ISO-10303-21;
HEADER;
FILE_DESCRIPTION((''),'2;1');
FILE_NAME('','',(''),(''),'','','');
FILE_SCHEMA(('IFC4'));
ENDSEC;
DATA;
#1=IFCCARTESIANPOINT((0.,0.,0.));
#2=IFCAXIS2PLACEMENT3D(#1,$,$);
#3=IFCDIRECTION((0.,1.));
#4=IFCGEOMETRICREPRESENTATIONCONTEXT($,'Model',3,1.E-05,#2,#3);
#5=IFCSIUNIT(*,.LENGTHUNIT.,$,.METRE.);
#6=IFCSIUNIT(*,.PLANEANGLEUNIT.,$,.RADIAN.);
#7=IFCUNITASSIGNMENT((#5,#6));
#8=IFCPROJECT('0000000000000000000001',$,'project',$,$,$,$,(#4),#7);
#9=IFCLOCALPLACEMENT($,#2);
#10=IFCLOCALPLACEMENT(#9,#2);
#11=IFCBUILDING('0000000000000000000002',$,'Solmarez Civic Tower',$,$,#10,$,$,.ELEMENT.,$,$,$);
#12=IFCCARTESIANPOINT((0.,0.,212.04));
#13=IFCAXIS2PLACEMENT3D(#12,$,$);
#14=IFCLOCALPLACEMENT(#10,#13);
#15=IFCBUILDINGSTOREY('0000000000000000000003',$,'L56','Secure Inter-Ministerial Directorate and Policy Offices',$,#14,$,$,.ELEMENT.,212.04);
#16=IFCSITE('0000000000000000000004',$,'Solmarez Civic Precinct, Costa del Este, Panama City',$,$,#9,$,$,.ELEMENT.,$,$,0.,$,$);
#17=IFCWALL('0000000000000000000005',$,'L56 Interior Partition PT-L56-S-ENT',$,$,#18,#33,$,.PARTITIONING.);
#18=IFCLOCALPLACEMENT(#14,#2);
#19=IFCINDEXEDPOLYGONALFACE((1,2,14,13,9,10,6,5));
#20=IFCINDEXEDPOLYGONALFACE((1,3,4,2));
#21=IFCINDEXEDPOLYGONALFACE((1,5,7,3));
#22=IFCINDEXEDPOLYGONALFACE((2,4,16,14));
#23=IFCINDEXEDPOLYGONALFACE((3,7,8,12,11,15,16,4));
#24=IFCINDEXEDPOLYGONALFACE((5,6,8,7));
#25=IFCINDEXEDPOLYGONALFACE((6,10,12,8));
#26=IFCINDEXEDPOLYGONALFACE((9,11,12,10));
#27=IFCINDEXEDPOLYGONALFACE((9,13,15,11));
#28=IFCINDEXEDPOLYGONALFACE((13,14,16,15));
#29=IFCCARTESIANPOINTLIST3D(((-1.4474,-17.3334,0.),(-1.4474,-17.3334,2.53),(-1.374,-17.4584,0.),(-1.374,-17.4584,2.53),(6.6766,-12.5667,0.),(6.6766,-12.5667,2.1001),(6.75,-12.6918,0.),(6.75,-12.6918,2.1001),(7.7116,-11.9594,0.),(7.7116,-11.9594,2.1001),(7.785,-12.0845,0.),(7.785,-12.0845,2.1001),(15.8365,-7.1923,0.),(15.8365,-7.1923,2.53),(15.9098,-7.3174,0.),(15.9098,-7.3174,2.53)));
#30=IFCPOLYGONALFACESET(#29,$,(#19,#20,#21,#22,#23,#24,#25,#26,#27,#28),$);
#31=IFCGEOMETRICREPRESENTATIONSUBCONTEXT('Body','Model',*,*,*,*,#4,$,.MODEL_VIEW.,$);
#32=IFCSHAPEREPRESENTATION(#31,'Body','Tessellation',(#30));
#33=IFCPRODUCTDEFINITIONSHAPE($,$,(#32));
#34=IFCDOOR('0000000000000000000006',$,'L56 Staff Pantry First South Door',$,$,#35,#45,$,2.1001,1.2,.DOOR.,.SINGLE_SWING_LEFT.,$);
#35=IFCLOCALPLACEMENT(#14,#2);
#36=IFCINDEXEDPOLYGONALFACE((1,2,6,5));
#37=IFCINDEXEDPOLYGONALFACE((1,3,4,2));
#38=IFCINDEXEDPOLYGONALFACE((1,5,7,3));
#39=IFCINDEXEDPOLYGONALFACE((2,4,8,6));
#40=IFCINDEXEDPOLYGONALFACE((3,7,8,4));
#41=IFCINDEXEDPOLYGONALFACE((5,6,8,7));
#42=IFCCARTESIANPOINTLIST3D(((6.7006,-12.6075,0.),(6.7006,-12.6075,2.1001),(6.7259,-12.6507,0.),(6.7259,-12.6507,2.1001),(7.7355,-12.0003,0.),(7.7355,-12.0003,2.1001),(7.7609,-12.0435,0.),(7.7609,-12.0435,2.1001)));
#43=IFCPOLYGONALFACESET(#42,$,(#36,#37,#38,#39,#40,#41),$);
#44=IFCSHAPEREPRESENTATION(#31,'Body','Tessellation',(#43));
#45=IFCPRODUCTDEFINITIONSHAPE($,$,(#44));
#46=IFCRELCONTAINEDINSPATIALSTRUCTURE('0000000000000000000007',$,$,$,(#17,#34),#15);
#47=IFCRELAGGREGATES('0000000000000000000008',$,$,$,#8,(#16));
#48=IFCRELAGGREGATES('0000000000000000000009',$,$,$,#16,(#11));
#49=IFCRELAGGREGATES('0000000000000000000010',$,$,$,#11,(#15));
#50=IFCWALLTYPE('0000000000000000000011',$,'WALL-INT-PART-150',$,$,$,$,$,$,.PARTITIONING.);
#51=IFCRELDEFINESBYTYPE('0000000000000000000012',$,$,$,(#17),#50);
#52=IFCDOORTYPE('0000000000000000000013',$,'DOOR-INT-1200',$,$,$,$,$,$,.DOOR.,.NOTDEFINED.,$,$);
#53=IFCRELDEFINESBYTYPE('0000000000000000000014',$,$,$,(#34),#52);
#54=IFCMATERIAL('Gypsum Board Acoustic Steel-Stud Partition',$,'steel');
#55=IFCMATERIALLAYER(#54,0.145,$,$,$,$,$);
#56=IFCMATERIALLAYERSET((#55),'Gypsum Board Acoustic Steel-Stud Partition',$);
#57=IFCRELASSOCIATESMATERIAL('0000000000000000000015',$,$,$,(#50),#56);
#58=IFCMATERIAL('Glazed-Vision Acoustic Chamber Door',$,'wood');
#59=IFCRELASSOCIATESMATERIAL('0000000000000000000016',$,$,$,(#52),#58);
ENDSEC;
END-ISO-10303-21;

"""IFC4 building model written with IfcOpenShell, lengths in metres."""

from ifc_helpers import new_model, si_unit, direction, frame, frame_2d, origin, place, context, subcontext, project, spatial, rectangle, extrude, material, layer, layer_set, type_object, element, fill, save


model = new_model("IFC4")

# Units and contexts
model_context = context("Model", 3, precision=1e-05, world=origin(), true_north=direction((0.0, 1.0)))
body_context = subcontext(model_context, "Body", "Model", "MODEL_VIEW")
ifc_project = project(units=[si_unit("LENGTHUNIT", "METRE"), si_unit("PLANEANGLEUNIT", "RADIAN")], contexts=[model_context])

# Site, building, storey
site_placement = place(None, origin())
site = spatial("IfcSite", under=ifc_project, at=site_placement, Name="Solmarez Civic Precinct, Costa del Este, Panama City", CompositionType="ELEMENT", RefElevation=0.0)
building_placement = place(site_placement, origin())
building = spatial("IfcBuilding", under=site, at=building_placement, Name="Solmarez Civic Tower", CompositionType="ELEMENT")
storey_placement = place(building_placement, frame((0.0, 0.0, 212.04)))
storey = spatial("IfcBuildingStorey", under=building, at=storey_placement, Name="L56", Description="Secure Inter-Ministerial Directorate and Policy Offices", CompositionType="ELEMENT", Elevation=212.04)

# Shared definitions
ifc_material_1 = material(Name="Gypsum Board Acoustic Steel-Stud Partition", Category="steel")
ifc_layer_1 = layer(ifc_material_1, 0.145)
ifc_layer_set_1 = layer_set([ifc_layer_1], Name="Gypsum Board Acoustic Steel-Stud Partition")
wall_type_1 = type_object("IfcWallType", Name="WALL-INT-PART-150", PredefinedType="PARTITIONING", material=ifc_layer_set_1)

# Wall, opening, door
wall_1_placement = place(storey_placement, frame((15.873, -7.2549, 0.0), z_axis=(0.0, 0.0, 1.0), x_axis=(-0.862499, -0.506059, 0.0)))
wall_1 = element("IfcWall", 1, at=wall_1_placement, inside=storey, type_object=wall_type_1, Name="L56 Interior Partition PT-L56-S-ENT", PredefinedType="PARTITIONING", context=body_context, shape_type="SweptSolid", body=[
    extrude(rectangle(XDim=20.0393, YDim=0.145, at=frame_2d((10.0195, 0.0))), origin(), (0.0, 0.0, 1.0), 2.53),
])
opening_1_placement = place(wall_1_placement, frame((9.4199, 0.0, 0.0)))
opening_1 = element("IfcOpeningElement", 2, at=opening_1_placement, cuts=wall_1, PredefinedType="OPENING", context=body_context, shape_type="SweptSolid", body=[
    extrude(rectangle(XDim=1.2, YDim=2.1001, at=frame_2d((0.6001, 1.05))), frame((0.0, 0.0825, 0.0), z_axis=(0.0, -1.0, 0.0), x_axis=(1.0, 0.0, 0.0)), (0.0, 0.0, 1.0), 0.165),
])
ifc_material_2 = material(Name="Glazed-Vision Acoustic Chamber Door", Category="wood")
door_type_1 = type_object("IfcDoorType", Name="DOOR-INT-1200", OperationType="NOTDEFINED", PredefinedType="DOOR", material=ifc_material_2)
door_1_placement = place(opening_1_placement, origin())
door_1 = element("IfcDoor", 3, at=door_1_placement, inside=storey, type_object=door_type_1, Name="L56 Staff Pantry First South Door", OperationType="SINGLE_SWING_LEFT", OverallHeight=2.1001, OverallWidth=1.2, PredefinedType="DOOR", context=body_context, shape_type="SweptSolid", body=[
    extrude(rectangle(XDim=1.2, YDim=2.1001, at=frame_2d((0.6001, 1.05))), frame((0.0, 0.0249, 0.0), z_axis=(0.0, -1.0, 0.0), x_axis=(1.0, 0.0, 0.0)), (0.0, 0.0, 1.0), 0.05),
])
fill(opening_1, door_1)

save(model, "model.ifc")
